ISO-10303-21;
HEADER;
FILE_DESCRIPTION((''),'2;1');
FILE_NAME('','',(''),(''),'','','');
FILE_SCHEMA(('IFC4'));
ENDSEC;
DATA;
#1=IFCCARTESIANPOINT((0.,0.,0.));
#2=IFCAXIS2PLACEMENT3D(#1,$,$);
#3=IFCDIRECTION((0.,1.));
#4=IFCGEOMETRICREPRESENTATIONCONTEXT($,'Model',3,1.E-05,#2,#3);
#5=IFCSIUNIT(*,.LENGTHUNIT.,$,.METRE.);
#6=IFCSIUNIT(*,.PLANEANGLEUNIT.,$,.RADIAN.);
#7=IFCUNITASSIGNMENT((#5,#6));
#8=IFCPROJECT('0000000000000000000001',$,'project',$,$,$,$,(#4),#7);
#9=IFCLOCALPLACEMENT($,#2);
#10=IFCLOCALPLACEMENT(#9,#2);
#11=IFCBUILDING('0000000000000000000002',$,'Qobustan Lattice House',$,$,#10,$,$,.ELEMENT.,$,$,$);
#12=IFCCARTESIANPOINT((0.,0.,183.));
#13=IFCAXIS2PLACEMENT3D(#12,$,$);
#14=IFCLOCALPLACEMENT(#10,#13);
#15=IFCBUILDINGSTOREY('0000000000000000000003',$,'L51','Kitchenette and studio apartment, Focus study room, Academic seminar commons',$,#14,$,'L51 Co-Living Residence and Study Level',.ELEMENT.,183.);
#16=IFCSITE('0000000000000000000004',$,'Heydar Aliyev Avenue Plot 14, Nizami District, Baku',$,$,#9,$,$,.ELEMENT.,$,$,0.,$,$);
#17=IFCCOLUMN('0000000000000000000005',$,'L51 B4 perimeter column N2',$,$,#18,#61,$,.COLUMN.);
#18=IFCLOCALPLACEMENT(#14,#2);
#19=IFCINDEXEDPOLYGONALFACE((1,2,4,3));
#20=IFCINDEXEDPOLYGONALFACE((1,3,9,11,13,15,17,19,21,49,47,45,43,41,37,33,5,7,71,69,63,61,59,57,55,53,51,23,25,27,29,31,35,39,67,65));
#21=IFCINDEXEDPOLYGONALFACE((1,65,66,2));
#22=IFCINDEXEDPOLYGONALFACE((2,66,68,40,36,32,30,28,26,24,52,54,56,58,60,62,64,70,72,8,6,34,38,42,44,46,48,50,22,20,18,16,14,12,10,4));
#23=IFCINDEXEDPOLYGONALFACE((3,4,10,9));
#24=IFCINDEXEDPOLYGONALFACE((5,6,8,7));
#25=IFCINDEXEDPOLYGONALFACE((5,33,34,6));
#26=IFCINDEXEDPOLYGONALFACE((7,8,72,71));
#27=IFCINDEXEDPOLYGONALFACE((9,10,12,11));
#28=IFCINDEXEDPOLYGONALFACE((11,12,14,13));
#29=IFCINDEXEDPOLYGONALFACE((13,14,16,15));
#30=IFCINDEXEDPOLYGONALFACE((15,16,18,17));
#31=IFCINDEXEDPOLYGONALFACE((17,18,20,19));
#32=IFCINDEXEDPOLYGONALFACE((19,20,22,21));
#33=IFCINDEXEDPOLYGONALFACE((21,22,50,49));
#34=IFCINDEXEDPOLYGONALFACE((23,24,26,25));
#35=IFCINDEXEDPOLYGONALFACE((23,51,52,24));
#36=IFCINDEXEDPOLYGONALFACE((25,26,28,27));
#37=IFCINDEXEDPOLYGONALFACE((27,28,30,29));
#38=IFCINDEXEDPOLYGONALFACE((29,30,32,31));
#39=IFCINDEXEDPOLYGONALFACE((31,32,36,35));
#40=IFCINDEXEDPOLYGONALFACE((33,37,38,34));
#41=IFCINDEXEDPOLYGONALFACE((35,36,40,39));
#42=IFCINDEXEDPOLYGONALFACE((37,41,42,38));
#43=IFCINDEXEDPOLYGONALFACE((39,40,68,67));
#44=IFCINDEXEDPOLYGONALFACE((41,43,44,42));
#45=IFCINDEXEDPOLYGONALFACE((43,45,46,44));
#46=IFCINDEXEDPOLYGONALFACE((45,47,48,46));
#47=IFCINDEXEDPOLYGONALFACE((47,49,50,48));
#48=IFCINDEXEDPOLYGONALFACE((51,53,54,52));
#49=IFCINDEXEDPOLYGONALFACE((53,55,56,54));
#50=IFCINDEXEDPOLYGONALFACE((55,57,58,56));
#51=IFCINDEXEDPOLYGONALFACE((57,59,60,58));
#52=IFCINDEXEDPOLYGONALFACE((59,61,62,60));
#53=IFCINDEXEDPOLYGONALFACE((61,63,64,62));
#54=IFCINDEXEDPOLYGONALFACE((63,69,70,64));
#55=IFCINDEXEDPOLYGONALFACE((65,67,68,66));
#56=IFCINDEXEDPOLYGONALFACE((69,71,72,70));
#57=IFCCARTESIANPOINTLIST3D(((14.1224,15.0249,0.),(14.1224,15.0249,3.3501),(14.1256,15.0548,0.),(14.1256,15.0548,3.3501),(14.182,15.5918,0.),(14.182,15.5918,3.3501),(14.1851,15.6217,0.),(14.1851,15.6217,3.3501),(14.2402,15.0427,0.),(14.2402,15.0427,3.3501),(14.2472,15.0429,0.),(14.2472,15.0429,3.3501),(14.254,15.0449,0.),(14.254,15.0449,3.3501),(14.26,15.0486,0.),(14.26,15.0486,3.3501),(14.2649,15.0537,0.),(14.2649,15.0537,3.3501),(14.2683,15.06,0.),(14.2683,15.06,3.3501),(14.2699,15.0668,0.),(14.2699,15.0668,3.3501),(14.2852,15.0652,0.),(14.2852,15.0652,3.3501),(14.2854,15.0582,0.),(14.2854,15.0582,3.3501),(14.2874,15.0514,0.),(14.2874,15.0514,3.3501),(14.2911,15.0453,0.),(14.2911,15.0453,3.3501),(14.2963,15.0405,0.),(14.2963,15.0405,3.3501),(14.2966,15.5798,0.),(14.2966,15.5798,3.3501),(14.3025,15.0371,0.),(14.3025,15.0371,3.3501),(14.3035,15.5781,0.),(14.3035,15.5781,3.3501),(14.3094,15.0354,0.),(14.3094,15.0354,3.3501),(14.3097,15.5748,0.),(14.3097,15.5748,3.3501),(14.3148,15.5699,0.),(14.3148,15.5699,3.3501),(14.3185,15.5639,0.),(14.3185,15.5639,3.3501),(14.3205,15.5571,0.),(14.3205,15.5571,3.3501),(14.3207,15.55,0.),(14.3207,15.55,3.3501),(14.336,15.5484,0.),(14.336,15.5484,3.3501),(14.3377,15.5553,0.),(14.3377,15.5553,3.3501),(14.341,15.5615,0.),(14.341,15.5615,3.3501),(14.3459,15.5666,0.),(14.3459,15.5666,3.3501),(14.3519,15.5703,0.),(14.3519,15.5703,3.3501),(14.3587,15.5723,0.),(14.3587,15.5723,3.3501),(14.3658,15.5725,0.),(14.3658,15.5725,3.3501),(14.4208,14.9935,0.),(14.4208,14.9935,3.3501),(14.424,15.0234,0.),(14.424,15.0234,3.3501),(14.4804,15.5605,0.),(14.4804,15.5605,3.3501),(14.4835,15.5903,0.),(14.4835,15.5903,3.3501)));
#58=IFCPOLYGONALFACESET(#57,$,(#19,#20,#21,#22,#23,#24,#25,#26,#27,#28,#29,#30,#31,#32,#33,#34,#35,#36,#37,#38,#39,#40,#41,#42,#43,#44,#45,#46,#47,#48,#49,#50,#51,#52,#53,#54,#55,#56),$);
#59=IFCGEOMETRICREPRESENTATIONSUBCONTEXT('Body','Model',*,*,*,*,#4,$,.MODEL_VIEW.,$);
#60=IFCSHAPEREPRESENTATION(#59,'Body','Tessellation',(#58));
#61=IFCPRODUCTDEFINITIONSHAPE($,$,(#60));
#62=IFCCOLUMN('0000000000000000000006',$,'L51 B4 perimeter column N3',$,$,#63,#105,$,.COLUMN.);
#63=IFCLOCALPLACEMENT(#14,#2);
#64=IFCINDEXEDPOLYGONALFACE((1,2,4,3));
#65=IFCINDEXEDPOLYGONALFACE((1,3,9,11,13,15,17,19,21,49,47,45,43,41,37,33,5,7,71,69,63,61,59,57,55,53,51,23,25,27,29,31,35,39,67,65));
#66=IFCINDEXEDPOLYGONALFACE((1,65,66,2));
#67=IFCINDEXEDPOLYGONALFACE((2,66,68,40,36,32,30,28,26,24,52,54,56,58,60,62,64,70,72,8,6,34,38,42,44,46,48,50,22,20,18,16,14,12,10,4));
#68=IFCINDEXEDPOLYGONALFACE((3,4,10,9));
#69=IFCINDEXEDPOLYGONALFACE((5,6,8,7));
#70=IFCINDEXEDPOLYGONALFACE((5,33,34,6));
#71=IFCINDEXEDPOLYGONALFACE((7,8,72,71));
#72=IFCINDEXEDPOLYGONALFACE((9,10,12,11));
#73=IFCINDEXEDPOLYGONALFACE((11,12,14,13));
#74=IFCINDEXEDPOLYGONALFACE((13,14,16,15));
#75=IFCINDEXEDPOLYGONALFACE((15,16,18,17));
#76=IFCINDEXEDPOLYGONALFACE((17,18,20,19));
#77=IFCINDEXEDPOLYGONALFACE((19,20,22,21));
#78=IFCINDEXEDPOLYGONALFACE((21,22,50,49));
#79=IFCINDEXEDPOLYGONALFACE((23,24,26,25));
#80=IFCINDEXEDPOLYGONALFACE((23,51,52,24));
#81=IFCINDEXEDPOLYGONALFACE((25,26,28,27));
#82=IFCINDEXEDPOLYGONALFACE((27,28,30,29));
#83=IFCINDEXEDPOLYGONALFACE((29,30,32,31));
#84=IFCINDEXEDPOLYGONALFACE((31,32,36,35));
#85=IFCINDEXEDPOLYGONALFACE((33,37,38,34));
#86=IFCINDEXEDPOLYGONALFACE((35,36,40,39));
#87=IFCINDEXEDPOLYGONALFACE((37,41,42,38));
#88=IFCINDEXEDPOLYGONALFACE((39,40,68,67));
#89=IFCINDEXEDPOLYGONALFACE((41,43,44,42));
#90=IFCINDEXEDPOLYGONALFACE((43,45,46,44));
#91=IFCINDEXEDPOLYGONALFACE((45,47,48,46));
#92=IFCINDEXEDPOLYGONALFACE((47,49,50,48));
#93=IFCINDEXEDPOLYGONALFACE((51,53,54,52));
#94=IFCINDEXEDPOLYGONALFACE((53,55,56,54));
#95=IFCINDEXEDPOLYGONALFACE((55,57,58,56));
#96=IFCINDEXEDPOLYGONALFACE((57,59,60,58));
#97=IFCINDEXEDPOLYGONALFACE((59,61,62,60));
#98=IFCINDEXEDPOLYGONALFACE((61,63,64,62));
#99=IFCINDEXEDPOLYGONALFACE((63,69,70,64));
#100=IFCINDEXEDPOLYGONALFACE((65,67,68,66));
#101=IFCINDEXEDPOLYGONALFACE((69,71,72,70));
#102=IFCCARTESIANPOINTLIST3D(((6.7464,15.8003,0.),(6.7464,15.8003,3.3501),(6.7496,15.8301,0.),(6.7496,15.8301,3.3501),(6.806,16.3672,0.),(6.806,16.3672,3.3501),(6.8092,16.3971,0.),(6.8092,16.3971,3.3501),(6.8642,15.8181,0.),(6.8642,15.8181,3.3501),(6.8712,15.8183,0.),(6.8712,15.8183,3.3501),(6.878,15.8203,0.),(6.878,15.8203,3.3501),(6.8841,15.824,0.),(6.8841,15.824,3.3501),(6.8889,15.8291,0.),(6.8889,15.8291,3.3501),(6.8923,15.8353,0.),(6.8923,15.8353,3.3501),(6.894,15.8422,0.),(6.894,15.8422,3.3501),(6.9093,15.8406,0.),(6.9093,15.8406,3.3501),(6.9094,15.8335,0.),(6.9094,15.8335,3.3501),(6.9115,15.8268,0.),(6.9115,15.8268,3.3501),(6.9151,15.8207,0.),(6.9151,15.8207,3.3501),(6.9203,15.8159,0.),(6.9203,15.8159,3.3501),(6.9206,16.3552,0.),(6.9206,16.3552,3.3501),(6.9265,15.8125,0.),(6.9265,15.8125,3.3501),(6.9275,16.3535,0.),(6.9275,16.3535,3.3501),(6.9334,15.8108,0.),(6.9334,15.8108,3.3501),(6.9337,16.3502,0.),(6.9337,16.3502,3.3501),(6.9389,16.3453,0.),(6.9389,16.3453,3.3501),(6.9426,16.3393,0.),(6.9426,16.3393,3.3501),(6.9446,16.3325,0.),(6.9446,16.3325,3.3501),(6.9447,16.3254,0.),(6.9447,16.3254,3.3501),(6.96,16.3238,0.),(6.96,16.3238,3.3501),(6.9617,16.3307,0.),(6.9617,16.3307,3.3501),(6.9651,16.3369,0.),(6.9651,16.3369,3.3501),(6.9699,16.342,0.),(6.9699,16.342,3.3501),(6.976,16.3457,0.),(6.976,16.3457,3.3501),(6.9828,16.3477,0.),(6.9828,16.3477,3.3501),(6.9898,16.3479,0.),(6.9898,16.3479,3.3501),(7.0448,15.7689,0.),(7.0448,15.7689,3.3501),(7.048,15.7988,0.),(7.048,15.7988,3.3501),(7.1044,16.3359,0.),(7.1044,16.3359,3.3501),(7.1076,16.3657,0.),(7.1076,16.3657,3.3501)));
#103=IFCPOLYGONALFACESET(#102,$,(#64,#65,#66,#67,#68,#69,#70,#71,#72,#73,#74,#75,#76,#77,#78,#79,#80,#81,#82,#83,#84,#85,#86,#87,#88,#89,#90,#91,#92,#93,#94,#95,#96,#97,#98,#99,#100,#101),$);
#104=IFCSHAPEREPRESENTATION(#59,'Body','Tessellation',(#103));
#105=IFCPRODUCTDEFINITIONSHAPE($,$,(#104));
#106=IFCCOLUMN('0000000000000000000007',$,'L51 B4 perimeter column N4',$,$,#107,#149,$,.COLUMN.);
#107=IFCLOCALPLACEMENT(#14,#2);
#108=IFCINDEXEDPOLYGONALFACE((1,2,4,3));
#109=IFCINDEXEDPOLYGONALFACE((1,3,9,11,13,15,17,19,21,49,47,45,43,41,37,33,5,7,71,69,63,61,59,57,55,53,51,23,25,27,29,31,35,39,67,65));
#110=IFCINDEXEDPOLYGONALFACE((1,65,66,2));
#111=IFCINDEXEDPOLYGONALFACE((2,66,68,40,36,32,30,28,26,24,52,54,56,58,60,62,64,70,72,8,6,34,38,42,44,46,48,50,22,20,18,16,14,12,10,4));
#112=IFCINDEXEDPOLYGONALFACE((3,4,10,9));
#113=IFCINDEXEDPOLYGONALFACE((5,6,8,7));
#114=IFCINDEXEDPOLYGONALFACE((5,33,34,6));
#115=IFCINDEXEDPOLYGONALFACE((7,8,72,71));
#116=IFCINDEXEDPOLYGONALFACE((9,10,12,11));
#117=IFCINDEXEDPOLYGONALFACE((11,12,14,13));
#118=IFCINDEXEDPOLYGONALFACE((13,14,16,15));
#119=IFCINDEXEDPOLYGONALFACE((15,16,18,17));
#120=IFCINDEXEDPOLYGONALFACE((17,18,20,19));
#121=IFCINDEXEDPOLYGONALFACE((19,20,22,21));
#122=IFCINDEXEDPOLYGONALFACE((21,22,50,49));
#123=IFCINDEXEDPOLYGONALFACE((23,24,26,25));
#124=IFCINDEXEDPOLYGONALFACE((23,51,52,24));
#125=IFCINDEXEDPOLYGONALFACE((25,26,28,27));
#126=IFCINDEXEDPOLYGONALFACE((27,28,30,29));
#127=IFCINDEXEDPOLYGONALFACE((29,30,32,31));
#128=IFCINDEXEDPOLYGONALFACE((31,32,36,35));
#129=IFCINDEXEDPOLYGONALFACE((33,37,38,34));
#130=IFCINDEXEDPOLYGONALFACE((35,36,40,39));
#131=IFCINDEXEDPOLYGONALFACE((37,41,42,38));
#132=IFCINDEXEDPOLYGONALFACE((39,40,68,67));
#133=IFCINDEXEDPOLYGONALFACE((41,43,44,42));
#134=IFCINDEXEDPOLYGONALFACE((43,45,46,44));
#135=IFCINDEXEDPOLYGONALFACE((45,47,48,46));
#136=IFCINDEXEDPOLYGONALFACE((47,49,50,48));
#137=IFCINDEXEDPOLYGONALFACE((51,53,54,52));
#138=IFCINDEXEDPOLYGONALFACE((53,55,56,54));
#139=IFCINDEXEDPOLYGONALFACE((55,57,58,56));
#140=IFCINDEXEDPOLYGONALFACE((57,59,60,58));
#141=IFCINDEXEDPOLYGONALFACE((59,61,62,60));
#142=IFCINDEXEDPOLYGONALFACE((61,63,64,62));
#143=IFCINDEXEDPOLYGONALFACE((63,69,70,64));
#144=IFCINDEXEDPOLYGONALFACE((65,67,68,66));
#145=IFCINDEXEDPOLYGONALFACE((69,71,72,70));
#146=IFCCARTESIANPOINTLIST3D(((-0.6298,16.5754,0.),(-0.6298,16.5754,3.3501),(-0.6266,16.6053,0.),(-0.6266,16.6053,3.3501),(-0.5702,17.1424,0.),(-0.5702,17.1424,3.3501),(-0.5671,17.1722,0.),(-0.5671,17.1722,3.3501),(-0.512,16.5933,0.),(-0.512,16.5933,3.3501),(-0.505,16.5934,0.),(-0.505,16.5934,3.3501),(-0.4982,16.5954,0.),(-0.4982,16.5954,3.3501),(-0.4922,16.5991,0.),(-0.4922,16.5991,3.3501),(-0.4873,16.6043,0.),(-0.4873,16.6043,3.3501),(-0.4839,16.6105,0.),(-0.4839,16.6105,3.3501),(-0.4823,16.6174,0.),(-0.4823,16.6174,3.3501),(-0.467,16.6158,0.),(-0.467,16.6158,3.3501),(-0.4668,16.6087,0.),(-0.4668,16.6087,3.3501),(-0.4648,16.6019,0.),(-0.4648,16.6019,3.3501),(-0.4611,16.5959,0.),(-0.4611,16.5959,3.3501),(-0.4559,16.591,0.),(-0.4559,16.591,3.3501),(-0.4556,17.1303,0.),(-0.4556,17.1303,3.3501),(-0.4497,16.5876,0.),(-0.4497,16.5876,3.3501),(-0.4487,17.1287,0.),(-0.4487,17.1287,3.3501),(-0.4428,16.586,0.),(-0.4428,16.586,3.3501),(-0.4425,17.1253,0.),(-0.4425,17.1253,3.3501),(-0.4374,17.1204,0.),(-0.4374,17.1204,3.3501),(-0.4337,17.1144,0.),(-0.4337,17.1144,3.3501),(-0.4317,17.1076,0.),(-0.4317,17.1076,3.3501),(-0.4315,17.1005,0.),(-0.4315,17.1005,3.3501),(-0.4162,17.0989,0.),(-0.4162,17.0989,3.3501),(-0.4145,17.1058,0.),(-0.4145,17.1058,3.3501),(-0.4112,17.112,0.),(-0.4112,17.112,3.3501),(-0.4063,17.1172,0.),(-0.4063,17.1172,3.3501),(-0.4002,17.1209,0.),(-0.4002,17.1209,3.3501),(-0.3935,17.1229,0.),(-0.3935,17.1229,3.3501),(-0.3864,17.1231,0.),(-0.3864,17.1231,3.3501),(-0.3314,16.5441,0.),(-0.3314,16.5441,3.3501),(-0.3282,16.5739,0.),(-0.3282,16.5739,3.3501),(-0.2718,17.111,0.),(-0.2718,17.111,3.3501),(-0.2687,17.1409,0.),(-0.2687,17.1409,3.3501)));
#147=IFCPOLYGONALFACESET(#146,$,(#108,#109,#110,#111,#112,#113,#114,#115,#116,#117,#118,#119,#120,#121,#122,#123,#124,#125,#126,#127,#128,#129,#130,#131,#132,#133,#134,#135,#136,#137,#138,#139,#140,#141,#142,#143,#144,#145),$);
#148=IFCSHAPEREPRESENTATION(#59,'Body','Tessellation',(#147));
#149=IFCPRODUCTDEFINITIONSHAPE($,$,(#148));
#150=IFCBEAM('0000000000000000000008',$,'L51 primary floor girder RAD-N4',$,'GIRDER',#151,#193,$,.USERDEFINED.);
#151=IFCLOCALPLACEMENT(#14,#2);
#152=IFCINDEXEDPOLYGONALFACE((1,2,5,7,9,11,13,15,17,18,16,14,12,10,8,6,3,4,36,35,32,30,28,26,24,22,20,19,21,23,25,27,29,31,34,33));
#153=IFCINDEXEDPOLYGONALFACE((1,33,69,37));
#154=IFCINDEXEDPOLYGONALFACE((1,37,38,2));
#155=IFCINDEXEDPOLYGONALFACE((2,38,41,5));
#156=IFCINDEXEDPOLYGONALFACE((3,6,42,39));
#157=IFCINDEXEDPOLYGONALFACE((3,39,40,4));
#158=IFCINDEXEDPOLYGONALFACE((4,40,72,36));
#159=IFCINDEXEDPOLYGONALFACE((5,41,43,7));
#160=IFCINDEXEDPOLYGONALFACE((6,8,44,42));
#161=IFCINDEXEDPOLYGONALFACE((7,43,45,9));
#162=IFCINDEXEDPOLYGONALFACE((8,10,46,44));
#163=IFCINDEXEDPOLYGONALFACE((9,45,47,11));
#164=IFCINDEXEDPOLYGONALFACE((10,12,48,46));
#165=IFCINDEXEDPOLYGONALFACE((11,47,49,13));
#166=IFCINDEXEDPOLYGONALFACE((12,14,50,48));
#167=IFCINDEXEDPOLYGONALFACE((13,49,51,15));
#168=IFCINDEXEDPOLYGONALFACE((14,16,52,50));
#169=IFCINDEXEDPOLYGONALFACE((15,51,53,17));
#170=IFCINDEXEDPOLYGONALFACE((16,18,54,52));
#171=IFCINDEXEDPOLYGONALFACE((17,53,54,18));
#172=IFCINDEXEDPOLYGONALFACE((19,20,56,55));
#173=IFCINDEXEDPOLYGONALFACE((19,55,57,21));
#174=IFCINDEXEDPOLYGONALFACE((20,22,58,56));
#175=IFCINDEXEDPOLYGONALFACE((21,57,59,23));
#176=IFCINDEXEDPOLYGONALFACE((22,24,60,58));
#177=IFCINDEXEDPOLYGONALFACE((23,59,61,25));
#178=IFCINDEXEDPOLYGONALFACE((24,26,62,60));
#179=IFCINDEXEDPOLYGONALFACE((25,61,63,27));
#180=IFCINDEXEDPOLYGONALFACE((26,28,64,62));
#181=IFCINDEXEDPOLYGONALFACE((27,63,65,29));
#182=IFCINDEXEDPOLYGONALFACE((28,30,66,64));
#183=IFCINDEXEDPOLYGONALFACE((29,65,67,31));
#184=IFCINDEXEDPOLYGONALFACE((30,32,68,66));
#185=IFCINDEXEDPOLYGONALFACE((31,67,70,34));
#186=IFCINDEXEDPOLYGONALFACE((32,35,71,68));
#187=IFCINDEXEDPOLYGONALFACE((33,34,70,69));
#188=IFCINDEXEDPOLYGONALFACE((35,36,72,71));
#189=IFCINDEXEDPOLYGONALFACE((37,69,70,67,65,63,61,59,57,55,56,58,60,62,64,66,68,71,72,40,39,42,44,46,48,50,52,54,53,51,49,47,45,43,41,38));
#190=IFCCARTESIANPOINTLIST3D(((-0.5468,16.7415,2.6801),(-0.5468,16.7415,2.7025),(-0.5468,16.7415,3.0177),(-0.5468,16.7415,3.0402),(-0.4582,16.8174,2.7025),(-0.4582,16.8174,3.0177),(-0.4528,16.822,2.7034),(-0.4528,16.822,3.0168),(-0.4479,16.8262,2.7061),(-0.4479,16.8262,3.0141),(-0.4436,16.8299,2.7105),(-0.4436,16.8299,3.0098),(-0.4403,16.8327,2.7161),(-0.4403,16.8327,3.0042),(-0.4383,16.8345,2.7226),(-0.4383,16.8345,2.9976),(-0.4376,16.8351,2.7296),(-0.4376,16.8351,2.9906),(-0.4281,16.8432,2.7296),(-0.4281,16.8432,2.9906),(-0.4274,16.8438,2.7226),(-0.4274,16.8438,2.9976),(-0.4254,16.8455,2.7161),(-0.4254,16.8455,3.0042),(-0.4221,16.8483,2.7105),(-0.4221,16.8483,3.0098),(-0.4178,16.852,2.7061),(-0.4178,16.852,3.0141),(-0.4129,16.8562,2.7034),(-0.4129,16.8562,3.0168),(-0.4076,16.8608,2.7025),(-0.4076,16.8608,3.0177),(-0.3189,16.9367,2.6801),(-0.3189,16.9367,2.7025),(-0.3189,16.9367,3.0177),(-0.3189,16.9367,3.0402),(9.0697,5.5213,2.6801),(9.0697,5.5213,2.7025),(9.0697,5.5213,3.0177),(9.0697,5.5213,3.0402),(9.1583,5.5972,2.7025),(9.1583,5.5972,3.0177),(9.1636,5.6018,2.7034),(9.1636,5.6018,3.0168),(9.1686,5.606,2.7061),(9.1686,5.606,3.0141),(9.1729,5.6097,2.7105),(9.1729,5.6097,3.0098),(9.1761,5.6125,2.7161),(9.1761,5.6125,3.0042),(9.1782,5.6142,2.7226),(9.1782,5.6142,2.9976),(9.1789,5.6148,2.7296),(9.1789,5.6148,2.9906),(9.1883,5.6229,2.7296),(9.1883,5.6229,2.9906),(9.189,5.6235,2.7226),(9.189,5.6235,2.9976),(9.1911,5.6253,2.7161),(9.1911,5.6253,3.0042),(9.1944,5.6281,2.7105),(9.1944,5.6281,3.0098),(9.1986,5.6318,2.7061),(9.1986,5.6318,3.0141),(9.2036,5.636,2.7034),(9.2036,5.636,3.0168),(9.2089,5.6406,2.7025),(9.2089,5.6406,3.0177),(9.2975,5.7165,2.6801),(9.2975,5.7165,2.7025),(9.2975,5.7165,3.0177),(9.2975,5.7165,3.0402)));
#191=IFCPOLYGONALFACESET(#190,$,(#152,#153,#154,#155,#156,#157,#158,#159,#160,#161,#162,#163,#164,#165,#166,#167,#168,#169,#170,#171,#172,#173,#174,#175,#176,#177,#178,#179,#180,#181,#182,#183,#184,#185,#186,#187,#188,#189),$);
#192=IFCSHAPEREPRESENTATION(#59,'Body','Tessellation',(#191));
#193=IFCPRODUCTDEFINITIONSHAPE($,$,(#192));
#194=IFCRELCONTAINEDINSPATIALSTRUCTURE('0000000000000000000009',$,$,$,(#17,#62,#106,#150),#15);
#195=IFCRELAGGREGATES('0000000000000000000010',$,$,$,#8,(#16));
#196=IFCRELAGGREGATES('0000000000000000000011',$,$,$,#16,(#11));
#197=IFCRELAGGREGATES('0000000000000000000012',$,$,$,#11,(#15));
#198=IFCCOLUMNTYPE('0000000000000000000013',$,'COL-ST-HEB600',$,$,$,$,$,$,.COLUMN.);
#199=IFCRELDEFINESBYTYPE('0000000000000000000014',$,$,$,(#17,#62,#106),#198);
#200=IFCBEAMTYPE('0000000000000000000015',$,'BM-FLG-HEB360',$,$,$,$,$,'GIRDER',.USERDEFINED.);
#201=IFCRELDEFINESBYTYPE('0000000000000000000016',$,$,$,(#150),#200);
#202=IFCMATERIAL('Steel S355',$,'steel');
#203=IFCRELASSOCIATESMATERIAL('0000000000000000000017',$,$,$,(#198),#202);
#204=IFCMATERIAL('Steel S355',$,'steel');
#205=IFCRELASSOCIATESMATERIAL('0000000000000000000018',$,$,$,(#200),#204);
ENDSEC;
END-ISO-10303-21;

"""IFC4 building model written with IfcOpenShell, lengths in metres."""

from ifc_helpers import new_model, si_unit, direction, frame, origin, origin_2d, place, context, subcontext, project, spatial, i_section, extrude, material, material_profile, profile_set, type_object, element, save


model = new_model("IFC4")

# Units and contexts
model_context = context("Model", 3, precision=1e-05, world=origin(), true_north=direction((0.0, 1.0)))
body_context = subcontext(model_context, "Body", "Model", "MODEL_VIEW")
ifc_project = project(units=[si_unit("LENGTHUNIT", "METRE"), si_unit("PLANEANGLEUNIT", "RADIAN")], contexts=[model_context])

# Site, building, storey
site_placement = place(None, origin())
site = spatial("IfcSite", under=ifc_project, at=site_placement, Name="Heydar Aliyev Avenue Plot 14, Nizami District, Baku", CompositionType="ELEMENT", RefElevation=0.0)
building_placement = place(site_placement, origin())
building = spatial("IfcBuilding", under=site, at=building_placement, Name="Qobustan Lattice House", CompositionType="ELEMENT")
storey_placement = place(building_placement, frame((0.0, 0.0, 183.0)))
storey = spatial("IfcBuildingStorey", under=building, at=storey_placement, Name="L51", Description="Kitchenette and studio apartment, Focus study room, Academic seminar commons", LongName="L51 Co-Living Residence and Study Level", CompositionType="ELEMENT", Elevation=183.0)

# Columns
ifc_material_1 = material(Name="Steel S355", Category="steel")
ifc_material_profile_1 = material_profile(ifc_material_1, i_section(OverallWidth=0.3, OverallDepth=0.6001, WebThickness=0.0154, FlangeThickness=0.03, FilletRadius=0.0271, at=origin_2d()), Name="HEB600")
ifc_profile_set_1 = profile_set([ifc_material_profile_1], Name="Steel S355")
column_type = type_object("IfcColumnType", Name="COL-ST-HEB600", PredefinedType="COLUMN", material=ifc_profile_set_1)
for number, where, z_axis, x_axis, name in (
    (1, (14.303, 15.3076, 0.0), (0.0, 0.0, 1.0), (0.994522, -0.104528, 0.0), "L51 B4 perimeter column N2"),
    (2, (6.927, 16.083, 0.0), (0.0, 0.0, 1.0), (0.994522, -0.104528, 0.0), "L51 B4 perimeter column N3"),
    (3, (-0.4492, 16.8582, 0.0), (0.0, 0.0, 1.0), (0.994522, -0.104528, 0.0), "L51 B4 perimeter column N4"),
):
    element("IfcColumn", number, at=place(storey_placement, frame(where, z_axis=z_axis, x_axis=x_axis)), inside=storey, type_object=column_type, Name=name, PredefinedType="COLUMN", context=body_context, shape_type="SweptSolid", body=[
        extrude(i_section(OverallWidth=0.3, OverallDepth=0.6001, WebThickness=0.0154, FlangeThickness=0.03, FilletRadius=0.0271, at=origin_2d()), origin(), (0.0, 0.0, 1.0), 3.3501),
    ])

# Beam
ifc_material_2 = material(Name="Steel S355", Category="steel")
ifc_material_profile_2 = material_profile(ifc_material_2, i_section(OverallWidth=0.3, OverallDepth=0.3601, WebThickness=0.0125, FlangeThickness=0.0225, FilletRadius=0.0271, at=origin_2d()), Name="HEB360")
ifc_profile_set_2 = profile_set([ifc_material_profile_2], Name="Steel S355")
beam_type_1 = type_object("IfcBeamType", Name="BM-FLG-HEB360", ElementType="GIRDER", PredefinedType="USERDEFINED", material=ifc_profile_set_2)
beam_1_placement = place(storey_placement, frame((-0.4329, 16.8391, 2.8601), z_axis=(0.650757, -0.759286, 0.0), x_axis=(0.759286, 0.650757, 0.0)))
element("IfcBeam", 4, at=beam_1_placement, inside=storey, type_object=beam_type_1, Name="L51 primary floor girder RAD-N4", ObjectType="GIRDER", PredefinedType="USERDEFINED", context=body_context, shape_type="SweptSolid", body=[
    extrude(i_section(OverallWidth=0.3, OverallDepth=0.3601, WebThickness=0.0125, FlangeThickness=0.0225, FilletRadius=0.0271, at=origin_2d()), origin(), (0.0, 0.0, 1.0), 14.7773),
])

save(model, "model.ifc")
